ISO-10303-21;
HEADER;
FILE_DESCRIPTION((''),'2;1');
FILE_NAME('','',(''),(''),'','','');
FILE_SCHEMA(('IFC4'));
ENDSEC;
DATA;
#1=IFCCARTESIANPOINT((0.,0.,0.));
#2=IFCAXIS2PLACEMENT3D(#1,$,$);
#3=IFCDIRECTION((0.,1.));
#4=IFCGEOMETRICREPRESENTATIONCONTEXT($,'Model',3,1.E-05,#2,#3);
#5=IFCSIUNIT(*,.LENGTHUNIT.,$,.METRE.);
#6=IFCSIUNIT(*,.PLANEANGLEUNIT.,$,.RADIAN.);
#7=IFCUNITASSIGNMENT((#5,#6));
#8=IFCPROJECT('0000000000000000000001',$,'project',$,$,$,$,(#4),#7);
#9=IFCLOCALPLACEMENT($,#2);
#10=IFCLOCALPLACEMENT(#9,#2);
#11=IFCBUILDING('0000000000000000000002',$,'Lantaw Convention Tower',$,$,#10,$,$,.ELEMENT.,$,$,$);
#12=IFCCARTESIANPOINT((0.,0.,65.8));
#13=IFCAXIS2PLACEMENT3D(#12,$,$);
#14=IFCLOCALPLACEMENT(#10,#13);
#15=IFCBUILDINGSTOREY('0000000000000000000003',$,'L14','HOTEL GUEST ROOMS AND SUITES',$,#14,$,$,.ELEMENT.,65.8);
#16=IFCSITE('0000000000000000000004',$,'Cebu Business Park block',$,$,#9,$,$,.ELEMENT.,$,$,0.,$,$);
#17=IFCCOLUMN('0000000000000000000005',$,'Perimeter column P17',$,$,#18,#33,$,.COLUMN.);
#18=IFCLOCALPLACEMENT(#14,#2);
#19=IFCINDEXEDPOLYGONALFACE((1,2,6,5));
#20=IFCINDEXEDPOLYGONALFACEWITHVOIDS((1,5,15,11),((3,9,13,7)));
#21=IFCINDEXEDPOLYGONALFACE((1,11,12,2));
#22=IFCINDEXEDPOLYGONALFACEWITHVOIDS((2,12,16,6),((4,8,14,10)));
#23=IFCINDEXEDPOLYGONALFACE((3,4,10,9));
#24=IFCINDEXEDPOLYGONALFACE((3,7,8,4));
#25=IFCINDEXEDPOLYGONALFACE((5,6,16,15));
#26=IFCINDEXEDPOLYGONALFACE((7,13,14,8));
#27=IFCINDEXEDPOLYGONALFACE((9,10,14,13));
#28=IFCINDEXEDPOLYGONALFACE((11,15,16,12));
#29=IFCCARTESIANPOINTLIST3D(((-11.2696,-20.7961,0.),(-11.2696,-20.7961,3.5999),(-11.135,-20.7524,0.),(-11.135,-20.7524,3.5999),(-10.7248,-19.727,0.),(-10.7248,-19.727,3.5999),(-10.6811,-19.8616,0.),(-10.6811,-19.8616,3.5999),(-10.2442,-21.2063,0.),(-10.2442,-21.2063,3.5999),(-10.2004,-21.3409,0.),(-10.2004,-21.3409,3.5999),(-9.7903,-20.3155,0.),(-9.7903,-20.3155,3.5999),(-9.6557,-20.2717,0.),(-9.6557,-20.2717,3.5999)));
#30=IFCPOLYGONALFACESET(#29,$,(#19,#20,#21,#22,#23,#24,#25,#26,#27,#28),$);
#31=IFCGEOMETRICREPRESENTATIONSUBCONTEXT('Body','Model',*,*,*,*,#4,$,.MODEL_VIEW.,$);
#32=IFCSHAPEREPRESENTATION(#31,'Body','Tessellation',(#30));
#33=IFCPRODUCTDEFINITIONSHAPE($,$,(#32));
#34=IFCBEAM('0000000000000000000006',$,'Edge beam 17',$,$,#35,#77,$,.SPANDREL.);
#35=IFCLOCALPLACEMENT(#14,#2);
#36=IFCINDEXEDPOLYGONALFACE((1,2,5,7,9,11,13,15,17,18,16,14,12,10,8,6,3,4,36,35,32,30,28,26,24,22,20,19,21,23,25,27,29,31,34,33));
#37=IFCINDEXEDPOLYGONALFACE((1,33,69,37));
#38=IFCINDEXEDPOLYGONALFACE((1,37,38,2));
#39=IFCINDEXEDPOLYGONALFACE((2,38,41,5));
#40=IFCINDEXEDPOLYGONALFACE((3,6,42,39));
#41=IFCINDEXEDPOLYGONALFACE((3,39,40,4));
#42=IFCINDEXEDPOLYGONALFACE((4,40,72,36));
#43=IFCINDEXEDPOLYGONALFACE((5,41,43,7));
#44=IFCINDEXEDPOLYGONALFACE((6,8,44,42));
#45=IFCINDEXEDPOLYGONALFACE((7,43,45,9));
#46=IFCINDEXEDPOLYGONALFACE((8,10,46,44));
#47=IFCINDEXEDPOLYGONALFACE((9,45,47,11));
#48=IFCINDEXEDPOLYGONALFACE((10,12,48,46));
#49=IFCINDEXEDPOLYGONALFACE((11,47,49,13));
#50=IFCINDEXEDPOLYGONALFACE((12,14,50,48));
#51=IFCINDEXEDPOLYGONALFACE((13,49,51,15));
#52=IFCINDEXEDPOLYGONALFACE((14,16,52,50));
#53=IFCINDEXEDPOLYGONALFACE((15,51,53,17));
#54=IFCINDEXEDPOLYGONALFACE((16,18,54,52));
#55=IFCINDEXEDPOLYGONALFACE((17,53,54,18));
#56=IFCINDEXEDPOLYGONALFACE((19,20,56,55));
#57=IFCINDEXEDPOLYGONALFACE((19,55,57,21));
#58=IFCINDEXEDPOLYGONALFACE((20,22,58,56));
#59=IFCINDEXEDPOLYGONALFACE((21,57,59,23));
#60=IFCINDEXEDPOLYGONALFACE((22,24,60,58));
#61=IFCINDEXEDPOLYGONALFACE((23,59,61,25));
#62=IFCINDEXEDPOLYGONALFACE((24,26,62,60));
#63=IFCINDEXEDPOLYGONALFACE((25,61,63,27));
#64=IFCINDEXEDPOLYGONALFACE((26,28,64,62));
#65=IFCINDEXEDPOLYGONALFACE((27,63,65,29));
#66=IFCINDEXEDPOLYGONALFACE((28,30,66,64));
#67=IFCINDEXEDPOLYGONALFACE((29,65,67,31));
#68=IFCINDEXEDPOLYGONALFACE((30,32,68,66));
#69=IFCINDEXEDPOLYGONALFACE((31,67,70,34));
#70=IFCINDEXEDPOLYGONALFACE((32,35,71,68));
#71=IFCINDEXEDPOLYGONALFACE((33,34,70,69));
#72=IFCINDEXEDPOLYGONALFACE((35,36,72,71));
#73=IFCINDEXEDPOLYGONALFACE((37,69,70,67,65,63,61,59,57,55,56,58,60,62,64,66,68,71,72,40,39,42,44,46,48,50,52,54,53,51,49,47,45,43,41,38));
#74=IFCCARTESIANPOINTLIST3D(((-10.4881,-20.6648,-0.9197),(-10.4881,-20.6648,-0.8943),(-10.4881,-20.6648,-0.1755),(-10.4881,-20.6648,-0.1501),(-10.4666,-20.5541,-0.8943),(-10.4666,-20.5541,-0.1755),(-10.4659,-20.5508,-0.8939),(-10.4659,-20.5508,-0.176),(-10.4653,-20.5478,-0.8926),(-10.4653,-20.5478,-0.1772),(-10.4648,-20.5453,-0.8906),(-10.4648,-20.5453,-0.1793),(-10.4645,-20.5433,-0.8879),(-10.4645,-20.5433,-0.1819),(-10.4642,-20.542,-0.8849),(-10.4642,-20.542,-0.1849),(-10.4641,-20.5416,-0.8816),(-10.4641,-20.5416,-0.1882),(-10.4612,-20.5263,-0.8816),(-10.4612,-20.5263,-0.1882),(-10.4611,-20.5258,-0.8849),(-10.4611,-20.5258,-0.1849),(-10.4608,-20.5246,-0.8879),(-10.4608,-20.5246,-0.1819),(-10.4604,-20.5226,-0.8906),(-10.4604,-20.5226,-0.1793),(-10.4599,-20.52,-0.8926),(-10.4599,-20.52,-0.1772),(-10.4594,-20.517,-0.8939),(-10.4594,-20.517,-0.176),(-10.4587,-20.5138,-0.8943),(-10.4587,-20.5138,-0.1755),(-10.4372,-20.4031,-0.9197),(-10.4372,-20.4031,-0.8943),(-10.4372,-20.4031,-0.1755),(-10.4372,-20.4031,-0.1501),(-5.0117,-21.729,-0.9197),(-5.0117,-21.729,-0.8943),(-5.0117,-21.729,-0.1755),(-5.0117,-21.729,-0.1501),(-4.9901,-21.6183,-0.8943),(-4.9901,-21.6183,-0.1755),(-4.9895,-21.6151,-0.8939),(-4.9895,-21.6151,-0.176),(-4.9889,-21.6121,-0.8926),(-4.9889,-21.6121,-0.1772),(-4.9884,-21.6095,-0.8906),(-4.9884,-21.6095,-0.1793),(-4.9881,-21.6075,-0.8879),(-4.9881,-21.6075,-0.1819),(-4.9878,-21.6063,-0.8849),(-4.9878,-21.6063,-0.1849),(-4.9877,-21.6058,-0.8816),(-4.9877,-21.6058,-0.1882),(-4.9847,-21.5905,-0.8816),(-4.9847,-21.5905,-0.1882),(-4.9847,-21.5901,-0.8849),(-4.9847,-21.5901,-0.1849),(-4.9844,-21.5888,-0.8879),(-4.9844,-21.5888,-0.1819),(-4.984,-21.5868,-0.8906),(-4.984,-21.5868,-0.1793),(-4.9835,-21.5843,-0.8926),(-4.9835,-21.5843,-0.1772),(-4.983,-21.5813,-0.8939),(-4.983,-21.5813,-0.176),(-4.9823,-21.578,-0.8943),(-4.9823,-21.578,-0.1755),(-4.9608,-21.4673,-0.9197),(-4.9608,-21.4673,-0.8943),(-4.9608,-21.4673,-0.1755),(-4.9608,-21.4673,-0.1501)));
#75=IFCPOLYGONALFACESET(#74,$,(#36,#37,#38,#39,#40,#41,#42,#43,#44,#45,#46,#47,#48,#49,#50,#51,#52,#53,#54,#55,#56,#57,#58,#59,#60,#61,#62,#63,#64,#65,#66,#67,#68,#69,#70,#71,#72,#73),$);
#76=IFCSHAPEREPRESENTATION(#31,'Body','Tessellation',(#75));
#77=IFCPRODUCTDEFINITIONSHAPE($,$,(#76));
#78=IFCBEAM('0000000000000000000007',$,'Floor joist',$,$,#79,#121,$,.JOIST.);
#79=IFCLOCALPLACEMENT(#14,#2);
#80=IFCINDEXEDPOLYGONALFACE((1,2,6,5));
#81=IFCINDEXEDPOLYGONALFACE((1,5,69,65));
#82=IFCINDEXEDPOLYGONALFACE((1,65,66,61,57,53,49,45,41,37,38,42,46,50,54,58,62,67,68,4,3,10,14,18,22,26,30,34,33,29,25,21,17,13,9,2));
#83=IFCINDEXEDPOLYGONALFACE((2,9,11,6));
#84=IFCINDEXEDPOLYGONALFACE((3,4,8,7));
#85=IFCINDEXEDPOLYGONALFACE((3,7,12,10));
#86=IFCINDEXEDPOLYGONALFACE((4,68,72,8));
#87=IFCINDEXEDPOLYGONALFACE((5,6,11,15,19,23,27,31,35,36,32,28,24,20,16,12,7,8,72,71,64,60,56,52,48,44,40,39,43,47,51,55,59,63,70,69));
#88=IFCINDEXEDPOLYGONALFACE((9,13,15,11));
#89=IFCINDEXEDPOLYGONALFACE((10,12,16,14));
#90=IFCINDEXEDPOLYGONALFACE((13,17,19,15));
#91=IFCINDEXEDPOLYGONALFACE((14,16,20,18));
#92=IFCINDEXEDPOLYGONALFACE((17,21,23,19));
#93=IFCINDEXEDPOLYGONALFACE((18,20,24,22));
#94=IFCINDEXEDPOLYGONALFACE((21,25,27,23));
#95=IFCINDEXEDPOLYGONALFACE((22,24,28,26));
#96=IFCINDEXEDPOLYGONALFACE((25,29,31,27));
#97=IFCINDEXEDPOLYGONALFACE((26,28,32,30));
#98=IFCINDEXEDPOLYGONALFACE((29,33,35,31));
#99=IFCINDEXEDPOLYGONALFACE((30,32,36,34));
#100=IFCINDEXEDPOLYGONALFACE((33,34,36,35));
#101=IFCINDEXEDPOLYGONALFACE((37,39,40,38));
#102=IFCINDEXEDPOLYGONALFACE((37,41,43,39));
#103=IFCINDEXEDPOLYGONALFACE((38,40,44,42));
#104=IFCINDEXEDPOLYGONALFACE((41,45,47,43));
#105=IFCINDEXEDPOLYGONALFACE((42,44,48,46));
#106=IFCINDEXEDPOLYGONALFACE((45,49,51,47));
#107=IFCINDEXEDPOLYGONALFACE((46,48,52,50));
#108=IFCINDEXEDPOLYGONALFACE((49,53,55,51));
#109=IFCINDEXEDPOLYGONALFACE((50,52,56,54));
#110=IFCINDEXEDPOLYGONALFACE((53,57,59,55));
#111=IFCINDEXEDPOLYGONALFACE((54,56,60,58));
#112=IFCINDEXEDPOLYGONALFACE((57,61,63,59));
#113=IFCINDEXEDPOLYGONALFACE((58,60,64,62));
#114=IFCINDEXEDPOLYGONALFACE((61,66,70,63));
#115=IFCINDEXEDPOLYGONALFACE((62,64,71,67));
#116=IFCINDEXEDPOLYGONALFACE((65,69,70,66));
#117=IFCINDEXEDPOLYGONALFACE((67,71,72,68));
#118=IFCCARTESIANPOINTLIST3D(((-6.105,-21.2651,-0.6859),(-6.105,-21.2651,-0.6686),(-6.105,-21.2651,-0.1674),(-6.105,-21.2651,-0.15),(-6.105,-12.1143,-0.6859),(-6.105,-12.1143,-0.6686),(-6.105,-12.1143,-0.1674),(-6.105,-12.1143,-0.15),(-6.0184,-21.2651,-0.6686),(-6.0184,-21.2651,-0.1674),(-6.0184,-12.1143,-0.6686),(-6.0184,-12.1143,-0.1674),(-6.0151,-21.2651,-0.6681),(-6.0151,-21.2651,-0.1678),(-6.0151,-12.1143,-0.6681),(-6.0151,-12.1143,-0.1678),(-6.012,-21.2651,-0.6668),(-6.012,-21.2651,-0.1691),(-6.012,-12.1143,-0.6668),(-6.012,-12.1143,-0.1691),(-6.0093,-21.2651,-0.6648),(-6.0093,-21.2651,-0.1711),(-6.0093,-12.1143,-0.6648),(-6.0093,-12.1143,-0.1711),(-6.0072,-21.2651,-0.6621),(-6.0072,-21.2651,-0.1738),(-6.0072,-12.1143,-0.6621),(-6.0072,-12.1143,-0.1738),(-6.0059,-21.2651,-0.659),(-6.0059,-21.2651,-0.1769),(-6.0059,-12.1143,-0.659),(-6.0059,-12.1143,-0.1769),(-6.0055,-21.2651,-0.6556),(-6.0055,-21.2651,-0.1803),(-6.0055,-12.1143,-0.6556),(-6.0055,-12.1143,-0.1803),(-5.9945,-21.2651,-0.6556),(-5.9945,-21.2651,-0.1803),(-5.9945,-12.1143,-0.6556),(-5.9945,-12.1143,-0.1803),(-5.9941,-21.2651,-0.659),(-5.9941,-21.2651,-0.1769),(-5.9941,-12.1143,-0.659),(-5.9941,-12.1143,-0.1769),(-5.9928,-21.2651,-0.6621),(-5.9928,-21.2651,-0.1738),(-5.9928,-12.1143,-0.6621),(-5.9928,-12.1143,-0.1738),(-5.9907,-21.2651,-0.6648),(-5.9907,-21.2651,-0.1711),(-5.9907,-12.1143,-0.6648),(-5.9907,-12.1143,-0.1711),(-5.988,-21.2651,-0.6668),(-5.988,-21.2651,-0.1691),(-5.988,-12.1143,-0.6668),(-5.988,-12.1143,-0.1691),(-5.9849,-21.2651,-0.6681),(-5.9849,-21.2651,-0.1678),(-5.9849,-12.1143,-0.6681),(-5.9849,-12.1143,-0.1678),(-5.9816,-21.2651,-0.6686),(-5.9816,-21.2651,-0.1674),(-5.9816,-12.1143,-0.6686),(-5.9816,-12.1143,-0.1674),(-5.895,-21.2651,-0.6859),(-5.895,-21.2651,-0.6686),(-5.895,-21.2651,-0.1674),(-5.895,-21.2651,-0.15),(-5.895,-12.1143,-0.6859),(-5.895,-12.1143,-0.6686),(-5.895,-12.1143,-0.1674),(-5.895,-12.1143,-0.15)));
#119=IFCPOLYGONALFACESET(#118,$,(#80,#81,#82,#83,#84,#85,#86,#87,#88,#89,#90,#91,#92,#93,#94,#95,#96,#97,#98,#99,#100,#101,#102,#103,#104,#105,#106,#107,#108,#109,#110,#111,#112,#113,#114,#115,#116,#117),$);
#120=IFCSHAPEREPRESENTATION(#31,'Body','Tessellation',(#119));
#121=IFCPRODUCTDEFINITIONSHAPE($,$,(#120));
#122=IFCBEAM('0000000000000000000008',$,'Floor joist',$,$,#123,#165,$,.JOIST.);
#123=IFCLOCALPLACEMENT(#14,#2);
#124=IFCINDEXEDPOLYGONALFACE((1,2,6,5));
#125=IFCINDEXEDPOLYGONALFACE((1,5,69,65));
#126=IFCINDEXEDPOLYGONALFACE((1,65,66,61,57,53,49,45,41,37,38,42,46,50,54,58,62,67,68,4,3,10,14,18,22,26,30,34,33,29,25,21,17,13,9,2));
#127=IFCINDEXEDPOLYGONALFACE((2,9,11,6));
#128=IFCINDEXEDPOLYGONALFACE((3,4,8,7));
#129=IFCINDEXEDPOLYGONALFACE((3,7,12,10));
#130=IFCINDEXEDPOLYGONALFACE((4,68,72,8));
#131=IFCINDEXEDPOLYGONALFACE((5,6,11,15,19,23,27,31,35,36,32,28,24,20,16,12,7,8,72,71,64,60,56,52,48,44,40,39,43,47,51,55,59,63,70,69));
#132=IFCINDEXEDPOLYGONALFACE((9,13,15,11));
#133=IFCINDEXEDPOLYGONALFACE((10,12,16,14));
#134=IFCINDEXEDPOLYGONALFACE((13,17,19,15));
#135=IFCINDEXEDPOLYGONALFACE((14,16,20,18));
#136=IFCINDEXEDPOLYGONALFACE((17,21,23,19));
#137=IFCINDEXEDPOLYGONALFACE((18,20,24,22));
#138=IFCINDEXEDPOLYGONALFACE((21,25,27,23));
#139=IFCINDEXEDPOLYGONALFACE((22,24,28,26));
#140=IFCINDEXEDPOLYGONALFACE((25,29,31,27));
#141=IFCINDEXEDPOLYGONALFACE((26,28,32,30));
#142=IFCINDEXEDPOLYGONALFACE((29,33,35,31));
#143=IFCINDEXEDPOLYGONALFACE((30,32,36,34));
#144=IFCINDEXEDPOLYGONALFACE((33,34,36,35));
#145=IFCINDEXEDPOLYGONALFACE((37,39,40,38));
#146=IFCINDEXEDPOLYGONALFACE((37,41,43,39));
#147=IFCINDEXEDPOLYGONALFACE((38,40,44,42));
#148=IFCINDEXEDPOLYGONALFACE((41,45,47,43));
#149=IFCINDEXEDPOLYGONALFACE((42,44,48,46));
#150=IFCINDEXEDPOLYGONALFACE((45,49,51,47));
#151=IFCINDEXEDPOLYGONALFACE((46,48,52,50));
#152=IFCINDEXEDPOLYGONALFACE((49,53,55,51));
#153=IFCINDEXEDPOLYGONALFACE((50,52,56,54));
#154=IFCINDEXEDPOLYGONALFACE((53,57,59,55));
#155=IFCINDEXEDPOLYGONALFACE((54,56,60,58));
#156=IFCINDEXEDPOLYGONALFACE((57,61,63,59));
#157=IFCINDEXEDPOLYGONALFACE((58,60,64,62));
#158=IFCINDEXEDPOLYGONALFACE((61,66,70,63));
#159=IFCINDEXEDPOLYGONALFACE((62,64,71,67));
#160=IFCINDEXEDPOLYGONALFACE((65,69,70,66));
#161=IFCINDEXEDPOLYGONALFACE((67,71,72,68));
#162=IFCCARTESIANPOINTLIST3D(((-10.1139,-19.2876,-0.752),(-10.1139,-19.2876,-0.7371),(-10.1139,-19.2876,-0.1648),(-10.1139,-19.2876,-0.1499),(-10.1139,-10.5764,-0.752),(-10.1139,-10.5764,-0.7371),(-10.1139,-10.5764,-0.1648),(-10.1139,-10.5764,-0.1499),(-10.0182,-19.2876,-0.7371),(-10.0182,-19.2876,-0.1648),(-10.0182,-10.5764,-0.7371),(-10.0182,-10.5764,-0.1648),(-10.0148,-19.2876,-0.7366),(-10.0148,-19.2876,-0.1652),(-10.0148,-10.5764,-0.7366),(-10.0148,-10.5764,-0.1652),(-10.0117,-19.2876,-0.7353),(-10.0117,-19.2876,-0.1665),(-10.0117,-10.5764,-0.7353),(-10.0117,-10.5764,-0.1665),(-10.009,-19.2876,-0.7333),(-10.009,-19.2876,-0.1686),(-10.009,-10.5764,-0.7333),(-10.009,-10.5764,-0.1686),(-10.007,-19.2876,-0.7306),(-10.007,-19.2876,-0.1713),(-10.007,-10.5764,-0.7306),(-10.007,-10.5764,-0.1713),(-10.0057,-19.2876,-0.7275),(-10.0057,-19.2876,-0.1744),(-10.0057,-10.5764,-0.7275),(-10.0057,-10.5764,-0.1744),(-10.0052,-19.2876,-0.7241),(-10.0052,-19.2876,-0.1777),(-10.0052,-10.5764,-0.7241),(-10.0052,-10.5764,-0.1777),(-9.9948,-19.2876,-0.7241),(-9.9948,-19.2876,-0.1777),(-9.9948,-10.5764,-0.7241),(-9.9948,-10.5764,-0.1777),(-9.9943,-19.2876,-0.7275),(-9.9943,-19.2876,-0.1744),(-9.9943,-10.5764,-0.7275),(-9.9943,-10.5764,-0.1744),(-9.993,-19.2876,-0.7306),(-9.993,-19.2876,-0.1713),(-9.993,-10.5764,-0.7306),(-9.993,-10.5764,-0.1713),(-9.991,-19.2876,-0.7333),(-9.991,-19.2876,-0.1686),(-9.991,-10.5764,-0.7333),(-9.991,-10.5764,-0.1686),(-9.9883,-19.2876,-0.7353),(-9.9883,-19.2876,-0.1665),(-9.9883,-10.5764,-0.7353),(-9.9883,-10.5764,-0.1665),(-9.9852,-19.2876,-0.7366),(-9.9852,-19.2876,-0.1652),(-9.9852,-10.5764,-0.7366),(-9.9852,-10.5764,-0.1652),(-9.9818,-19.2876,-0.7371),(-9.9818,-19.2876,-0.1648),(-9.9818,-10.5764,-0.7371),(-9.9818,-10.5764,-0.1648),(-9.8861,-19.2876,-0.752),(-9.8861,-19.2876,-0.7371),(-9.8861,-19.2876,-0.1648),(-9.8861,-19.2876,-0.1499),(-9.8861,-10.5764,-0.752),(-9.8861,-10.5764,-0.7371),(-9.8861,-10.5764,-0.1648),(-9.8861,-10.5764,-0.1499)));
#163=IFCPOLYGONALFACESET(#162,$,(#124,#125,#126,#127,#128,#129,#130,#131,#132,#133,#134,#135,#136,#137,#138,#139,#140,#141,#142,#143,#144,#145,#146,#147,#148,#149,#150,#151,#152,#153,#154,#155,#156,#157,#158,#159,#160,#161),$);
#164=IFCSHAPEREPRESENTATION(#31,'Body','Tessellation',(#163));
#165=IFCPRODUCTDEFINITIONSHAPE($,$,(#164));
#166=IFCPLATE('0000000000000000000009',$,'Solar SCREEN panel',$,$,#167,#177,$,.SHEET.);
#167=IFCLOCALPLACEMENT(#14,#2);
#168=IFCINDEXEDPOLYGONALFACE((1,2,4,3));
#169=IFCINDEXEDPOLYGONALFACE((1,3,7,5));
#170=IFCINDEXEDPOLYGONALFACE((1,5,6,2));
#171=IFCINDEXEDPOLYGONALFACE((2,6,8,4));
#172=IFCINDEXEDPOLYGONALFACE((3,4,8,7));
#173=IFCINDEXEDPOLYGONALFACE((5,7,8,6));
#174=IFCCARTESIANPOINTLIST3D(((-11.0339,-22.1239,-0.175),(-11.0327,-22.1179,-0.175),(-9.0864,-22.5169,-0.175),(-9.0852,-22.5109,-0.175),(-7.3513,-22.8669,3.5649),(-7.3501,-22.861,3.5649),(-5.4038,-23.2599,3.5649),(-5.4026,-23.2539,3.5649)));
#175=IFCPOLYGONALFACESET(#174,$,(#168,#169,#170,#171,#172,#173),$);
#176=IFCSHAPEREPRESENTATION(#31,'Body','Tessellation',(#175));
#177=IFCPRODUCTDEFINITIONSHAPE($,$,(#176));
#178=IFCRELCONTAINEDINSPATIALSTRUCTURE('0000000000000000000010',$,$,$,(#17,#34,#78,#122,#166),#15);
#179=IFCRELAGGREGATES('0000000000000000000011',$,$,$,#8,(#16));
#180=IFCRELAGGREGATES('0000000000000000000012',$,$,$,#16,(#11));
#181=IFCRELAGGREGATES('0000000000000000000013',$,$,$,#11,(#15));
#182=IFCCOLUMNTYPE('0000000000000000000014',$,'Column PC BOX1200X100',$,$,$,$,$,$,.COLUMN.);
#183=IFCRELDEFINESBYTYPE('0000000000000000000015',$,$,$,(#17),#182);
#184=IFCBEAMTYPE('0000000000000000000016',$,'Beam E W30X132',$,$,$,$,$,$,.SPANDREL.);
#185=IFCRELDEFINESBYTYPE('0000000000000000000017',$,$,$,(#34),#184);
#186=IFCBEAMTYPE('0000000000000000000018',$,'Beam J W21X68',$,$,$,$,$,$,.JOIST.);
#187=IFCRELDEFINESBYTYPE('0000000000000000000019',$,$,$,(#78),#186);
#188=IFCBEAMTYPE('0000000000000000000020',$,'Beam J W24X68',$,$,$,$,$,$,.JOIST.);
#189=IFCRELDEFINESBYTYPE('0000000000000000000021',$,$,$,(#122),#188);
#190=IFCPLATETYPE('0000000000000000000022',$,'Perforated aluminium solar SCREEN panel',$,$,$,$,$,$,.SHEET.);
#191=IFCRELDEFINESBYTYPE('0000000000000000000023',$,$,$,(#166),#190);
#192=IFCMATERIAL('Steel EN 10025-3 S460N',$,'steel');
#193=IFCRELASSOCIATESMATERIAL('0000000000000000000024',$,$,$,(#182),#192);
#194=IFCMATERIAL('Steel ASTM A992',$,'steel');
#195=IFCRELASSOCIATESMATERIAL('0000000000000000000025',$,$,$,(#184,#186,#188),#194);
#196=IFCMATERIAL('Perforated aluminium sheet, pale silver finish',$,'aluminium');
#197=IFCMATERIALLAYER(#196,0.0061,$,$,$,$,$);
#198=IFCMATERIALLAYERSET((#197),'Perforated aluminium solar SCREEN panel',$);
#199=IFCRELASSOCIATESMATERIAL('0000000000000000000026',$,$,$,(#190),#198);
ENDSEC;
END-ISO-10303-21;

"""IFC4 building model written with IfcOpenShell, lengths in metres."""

from ifc_helpers import new_model, si_unit, direction, frame, origin, origin_2d, place, context, subcontext, project, spatial, polyline, rectangle, hollow_rectangle, i_section, outline, extrude, material, layer, layer_set, material_profile, profile_set, type_object, element, save


model = new_model("IFC4")

# Units and contexts
model_context = context("Model", 3, precision=1e-05, world=origin(), true_north=direction((0.0, 1.0)))
body_context = subcontext(model_context, "Body", "Model", "MODEL_VIEW")
ifc_project = project(units=[si_unit("LENGTHUNIT", "METRE"), si_unit("PLANEANGLEUNIT", "RADIAN")], contexts=[model_context])

# Site, building, storey
site_placement = place(None, origin())
site = spatial("IfcSite", under=ifc_project, at=site_placement, Name="Cebu Business Park block", CompositionType="ELEMENT", RefElevation=0.0)
building_placement = place(site_placement, origin())
building = spatial("IfcBuilding", under=site, at=building_placement, Name="Lantaw Convention Tower", CompositionType="ELEMENT")
storey_placement = place(building_placement, frame((0.0, 0.0, 65.8)))
storey = spatial("IfcBuildingStorey", under=building, at=storey_placement, Name="L14", Description="HOTEL GUEST ROOMS AND SUITES", CompositionType="ELEMENT", Elevation=65.8)

# Column
ifc_material_1 = material(Name="Steel EN 10025-3 S460N", Category="steel")
ifc_material_profile_1 = material_profile(ifc_material_1, hollow_rectangle(XDim=1.2, YDim=1.2, WallThickness=0.1001, at=origin_2d()), Name="BOX1200X100")
ifc_material_2 = material(Name="Concrete C60/75", Category="concrete")
ifc_material_profile_2 = material_profile(ifc_material_2, rectangle(XDim=1.0, YDim=1.0, at=origin_2d()), Name="Concrete fill of BOX1200X100")
ifc_profile_set_1 = profile_set([ifc_material_profile_1, ifc_material_profile_2], Name="Steel EN 10025-3 S460N")
column_type = type_object("IfcColumnType", Name="Column PC BOX1200X100", PredefinedType="COLUMN", material=ifc_profile_set_1)
column_placement = place(storey_placement, frame((-10.4626, -20.5339, 0.0), z_axis=(0.0, 0.0, 1.0), x_axis=(0.45399, 0.891007, 0.0)))
element("IfcColumn", 1, at=column_placement, inside=storey, type_object=column_type, Name="Perimeter column P17", PredefinedType="COLUMN", context=body_context, shape_type="SweptSolid", body=[
    extrude(hollow_rectangle(XDim=1.2, YDim=1.2, WallThickness=0.1001, at=origin_2d()), origin(), (0.0, 0.0, 1.0), 3.5999),
])

# Beams
ifc_material_3 = material(Name="Steel ASTM A992", Category="steel")
ifc_material_profile_3 = material_profile(ifc_material_3, i_section(OverallWidth=0.2666, OverallDepth=0.7695, WebThickness=0.0156, FlangeThickness=0.0254, FilletRadius=0.0127, at=origin_2d()), Name="W30X132")
ifc_profile_set_2 = profile_set([ifc_material_profile_3], Name="Steel ASTM A992")
beam_type_1 = type_object("IfcBeamType", Name="Beam E W30X132", PredefinedType="SPANDREL", material=ifc_profile_set_2)
beam_1_placement = place(storey_placement, frame((-10.4626, -20.5339, -0.5349), z_axis=(0.981637, -0.190761, 0.0), x_axis=(0.190761, 0.981637, 0.0)))
element("IfcBeam", 2, at=beam_1_placement, inside=storey, type_object=beam_type_1, Name="Edge beam 17", PredefinedType="SPANDREL", context=body_context, shape_type="SweptSolid", body=[
    extrude(i_section(OverallWidth=0.2666, OverallDepth=0.7695, WebThickness=0.0156, FlangeThickness=0.0254, FilletRadius=0.0127, at=origin_2d()), origin(), (0.0, 0.0, 1.0), 5.5789),
])
ifc_material_profile_4 = material_profile(ifc_material_3, i_section(OverallWidth=0.21, OverallDepth=0.5359, WebThickness=0.011, FlangeThickness=0.0173, FilletRadius=0.0129, at=origin_2d()), Name="W21X68")
ifc_profile_set_3 = profile_set([ifc_material_profile_4], Name="Steel ASTM A992")
beam_type_2 = type_object("IfcBeamType", Name="Beam J W21X68", PredefinedType="JOIST", material=ifc_profile_set_3)
beam_2_placement = place(storey_placement, frame((-6.0, -21.2651, -0.418), z_axis=(0.0, 1.0, 0.0), x_axis=(-1.0, 0.0, 0.0)))
element("IfcBeam", 3, at=beam_2_placement, inside=storey, type_object=beam_type_2, Name="Floor joist", PredefinedType="JOIST", context=body_context, shape_type="SweptSolid", body=[
    extrude(i_section(OverallWidth=0.21, OverallDepth=0.5359, WebThickness=0.011, FlangeThickness=0.0173, FilletRadius=0.0129, at=origin_2d()), origin(), (0.0, 0.0, 1.0), 9.1509),
])
ifc_material_profile_5 = material_profile(ifc_material_3, i_section(OverallWidth=0.2278, OverallDepth=0.6021, WebThickness=0.0105, FlangeThickness=0.0149, FilletRadius=0.0129, at=origin_2d()), Name="W24X68")
ifc_profile_set_4 = profile_set([ifc_material_profile_5], Name="Steel ASTM A992")
beam_type_3 = type_object("IfcBeamType", Name="Beam J W24X68", PredefinedType="JOIST", material=ifc_profile_set_4)
beam_3_placement = place(storey_placement, frame((-10.0, -19.2876, -0.4509), z_axis=(0.0, 1.0, 0.0), x_axis=(-1.0, 0.0, 0.0)))
element("IfcBeam", 4, at=beam_3_placement, inside=storey, type_object=beam_type_3, Name="Floor joist", PredefinedType="JOIST", context=body_context, shape_type="SweptSolid", body=[
    extrude(i_section(OverallWidth=0.2278, OverallDepth=0.6021, WebThickness=0.0105, FlangeThickness=0.0149, FilletRadius=0.0129, at=origin_2d()), origin(), (0.0, 0.0, 1.0), 8.7112),
])

# Plate
ifc_material_4 = material(Name="Perforated aluminium sheet, pale silver finish", Category="aluminium")
ifc_layer_1 = layer(ifc_material_4, 0.0061)
ifc_layer_set_1 = layer_set([ifc_layer_1], Name="Perforated aluminium solar SCREEN panel")
plate_type = type_object("IfcPlateType", Name="Perforated aluminium solar SCREEN panel", PredefinedType="SHEET", material=ifc_layer_set_1)
plate_placement = place(storey_placement, frame((-11.0327, -22.1179, -0.175), z_axis=(0.197782, 0.980246, 0.000002), x_axis=(0.980246, -0.197782, 0.0)))
element("IfcPlate", 5, at=plate_placement, inside=storey, type_object=plate_type, Name="Solar SCREEN panel", PredefinedType="SHEET", context=body_context, shape_type="SweptSolid", body=[
    extrude(outline(polyline([(0.0, 0.0), (1.9868, 0.0), (5.7436, -3.74), (3.7569, -3.74), (0.0, 0.0)])), origin(), (0.0, 0.0, -1.0), 0.0061),
])

save(model, "model.ifc")
